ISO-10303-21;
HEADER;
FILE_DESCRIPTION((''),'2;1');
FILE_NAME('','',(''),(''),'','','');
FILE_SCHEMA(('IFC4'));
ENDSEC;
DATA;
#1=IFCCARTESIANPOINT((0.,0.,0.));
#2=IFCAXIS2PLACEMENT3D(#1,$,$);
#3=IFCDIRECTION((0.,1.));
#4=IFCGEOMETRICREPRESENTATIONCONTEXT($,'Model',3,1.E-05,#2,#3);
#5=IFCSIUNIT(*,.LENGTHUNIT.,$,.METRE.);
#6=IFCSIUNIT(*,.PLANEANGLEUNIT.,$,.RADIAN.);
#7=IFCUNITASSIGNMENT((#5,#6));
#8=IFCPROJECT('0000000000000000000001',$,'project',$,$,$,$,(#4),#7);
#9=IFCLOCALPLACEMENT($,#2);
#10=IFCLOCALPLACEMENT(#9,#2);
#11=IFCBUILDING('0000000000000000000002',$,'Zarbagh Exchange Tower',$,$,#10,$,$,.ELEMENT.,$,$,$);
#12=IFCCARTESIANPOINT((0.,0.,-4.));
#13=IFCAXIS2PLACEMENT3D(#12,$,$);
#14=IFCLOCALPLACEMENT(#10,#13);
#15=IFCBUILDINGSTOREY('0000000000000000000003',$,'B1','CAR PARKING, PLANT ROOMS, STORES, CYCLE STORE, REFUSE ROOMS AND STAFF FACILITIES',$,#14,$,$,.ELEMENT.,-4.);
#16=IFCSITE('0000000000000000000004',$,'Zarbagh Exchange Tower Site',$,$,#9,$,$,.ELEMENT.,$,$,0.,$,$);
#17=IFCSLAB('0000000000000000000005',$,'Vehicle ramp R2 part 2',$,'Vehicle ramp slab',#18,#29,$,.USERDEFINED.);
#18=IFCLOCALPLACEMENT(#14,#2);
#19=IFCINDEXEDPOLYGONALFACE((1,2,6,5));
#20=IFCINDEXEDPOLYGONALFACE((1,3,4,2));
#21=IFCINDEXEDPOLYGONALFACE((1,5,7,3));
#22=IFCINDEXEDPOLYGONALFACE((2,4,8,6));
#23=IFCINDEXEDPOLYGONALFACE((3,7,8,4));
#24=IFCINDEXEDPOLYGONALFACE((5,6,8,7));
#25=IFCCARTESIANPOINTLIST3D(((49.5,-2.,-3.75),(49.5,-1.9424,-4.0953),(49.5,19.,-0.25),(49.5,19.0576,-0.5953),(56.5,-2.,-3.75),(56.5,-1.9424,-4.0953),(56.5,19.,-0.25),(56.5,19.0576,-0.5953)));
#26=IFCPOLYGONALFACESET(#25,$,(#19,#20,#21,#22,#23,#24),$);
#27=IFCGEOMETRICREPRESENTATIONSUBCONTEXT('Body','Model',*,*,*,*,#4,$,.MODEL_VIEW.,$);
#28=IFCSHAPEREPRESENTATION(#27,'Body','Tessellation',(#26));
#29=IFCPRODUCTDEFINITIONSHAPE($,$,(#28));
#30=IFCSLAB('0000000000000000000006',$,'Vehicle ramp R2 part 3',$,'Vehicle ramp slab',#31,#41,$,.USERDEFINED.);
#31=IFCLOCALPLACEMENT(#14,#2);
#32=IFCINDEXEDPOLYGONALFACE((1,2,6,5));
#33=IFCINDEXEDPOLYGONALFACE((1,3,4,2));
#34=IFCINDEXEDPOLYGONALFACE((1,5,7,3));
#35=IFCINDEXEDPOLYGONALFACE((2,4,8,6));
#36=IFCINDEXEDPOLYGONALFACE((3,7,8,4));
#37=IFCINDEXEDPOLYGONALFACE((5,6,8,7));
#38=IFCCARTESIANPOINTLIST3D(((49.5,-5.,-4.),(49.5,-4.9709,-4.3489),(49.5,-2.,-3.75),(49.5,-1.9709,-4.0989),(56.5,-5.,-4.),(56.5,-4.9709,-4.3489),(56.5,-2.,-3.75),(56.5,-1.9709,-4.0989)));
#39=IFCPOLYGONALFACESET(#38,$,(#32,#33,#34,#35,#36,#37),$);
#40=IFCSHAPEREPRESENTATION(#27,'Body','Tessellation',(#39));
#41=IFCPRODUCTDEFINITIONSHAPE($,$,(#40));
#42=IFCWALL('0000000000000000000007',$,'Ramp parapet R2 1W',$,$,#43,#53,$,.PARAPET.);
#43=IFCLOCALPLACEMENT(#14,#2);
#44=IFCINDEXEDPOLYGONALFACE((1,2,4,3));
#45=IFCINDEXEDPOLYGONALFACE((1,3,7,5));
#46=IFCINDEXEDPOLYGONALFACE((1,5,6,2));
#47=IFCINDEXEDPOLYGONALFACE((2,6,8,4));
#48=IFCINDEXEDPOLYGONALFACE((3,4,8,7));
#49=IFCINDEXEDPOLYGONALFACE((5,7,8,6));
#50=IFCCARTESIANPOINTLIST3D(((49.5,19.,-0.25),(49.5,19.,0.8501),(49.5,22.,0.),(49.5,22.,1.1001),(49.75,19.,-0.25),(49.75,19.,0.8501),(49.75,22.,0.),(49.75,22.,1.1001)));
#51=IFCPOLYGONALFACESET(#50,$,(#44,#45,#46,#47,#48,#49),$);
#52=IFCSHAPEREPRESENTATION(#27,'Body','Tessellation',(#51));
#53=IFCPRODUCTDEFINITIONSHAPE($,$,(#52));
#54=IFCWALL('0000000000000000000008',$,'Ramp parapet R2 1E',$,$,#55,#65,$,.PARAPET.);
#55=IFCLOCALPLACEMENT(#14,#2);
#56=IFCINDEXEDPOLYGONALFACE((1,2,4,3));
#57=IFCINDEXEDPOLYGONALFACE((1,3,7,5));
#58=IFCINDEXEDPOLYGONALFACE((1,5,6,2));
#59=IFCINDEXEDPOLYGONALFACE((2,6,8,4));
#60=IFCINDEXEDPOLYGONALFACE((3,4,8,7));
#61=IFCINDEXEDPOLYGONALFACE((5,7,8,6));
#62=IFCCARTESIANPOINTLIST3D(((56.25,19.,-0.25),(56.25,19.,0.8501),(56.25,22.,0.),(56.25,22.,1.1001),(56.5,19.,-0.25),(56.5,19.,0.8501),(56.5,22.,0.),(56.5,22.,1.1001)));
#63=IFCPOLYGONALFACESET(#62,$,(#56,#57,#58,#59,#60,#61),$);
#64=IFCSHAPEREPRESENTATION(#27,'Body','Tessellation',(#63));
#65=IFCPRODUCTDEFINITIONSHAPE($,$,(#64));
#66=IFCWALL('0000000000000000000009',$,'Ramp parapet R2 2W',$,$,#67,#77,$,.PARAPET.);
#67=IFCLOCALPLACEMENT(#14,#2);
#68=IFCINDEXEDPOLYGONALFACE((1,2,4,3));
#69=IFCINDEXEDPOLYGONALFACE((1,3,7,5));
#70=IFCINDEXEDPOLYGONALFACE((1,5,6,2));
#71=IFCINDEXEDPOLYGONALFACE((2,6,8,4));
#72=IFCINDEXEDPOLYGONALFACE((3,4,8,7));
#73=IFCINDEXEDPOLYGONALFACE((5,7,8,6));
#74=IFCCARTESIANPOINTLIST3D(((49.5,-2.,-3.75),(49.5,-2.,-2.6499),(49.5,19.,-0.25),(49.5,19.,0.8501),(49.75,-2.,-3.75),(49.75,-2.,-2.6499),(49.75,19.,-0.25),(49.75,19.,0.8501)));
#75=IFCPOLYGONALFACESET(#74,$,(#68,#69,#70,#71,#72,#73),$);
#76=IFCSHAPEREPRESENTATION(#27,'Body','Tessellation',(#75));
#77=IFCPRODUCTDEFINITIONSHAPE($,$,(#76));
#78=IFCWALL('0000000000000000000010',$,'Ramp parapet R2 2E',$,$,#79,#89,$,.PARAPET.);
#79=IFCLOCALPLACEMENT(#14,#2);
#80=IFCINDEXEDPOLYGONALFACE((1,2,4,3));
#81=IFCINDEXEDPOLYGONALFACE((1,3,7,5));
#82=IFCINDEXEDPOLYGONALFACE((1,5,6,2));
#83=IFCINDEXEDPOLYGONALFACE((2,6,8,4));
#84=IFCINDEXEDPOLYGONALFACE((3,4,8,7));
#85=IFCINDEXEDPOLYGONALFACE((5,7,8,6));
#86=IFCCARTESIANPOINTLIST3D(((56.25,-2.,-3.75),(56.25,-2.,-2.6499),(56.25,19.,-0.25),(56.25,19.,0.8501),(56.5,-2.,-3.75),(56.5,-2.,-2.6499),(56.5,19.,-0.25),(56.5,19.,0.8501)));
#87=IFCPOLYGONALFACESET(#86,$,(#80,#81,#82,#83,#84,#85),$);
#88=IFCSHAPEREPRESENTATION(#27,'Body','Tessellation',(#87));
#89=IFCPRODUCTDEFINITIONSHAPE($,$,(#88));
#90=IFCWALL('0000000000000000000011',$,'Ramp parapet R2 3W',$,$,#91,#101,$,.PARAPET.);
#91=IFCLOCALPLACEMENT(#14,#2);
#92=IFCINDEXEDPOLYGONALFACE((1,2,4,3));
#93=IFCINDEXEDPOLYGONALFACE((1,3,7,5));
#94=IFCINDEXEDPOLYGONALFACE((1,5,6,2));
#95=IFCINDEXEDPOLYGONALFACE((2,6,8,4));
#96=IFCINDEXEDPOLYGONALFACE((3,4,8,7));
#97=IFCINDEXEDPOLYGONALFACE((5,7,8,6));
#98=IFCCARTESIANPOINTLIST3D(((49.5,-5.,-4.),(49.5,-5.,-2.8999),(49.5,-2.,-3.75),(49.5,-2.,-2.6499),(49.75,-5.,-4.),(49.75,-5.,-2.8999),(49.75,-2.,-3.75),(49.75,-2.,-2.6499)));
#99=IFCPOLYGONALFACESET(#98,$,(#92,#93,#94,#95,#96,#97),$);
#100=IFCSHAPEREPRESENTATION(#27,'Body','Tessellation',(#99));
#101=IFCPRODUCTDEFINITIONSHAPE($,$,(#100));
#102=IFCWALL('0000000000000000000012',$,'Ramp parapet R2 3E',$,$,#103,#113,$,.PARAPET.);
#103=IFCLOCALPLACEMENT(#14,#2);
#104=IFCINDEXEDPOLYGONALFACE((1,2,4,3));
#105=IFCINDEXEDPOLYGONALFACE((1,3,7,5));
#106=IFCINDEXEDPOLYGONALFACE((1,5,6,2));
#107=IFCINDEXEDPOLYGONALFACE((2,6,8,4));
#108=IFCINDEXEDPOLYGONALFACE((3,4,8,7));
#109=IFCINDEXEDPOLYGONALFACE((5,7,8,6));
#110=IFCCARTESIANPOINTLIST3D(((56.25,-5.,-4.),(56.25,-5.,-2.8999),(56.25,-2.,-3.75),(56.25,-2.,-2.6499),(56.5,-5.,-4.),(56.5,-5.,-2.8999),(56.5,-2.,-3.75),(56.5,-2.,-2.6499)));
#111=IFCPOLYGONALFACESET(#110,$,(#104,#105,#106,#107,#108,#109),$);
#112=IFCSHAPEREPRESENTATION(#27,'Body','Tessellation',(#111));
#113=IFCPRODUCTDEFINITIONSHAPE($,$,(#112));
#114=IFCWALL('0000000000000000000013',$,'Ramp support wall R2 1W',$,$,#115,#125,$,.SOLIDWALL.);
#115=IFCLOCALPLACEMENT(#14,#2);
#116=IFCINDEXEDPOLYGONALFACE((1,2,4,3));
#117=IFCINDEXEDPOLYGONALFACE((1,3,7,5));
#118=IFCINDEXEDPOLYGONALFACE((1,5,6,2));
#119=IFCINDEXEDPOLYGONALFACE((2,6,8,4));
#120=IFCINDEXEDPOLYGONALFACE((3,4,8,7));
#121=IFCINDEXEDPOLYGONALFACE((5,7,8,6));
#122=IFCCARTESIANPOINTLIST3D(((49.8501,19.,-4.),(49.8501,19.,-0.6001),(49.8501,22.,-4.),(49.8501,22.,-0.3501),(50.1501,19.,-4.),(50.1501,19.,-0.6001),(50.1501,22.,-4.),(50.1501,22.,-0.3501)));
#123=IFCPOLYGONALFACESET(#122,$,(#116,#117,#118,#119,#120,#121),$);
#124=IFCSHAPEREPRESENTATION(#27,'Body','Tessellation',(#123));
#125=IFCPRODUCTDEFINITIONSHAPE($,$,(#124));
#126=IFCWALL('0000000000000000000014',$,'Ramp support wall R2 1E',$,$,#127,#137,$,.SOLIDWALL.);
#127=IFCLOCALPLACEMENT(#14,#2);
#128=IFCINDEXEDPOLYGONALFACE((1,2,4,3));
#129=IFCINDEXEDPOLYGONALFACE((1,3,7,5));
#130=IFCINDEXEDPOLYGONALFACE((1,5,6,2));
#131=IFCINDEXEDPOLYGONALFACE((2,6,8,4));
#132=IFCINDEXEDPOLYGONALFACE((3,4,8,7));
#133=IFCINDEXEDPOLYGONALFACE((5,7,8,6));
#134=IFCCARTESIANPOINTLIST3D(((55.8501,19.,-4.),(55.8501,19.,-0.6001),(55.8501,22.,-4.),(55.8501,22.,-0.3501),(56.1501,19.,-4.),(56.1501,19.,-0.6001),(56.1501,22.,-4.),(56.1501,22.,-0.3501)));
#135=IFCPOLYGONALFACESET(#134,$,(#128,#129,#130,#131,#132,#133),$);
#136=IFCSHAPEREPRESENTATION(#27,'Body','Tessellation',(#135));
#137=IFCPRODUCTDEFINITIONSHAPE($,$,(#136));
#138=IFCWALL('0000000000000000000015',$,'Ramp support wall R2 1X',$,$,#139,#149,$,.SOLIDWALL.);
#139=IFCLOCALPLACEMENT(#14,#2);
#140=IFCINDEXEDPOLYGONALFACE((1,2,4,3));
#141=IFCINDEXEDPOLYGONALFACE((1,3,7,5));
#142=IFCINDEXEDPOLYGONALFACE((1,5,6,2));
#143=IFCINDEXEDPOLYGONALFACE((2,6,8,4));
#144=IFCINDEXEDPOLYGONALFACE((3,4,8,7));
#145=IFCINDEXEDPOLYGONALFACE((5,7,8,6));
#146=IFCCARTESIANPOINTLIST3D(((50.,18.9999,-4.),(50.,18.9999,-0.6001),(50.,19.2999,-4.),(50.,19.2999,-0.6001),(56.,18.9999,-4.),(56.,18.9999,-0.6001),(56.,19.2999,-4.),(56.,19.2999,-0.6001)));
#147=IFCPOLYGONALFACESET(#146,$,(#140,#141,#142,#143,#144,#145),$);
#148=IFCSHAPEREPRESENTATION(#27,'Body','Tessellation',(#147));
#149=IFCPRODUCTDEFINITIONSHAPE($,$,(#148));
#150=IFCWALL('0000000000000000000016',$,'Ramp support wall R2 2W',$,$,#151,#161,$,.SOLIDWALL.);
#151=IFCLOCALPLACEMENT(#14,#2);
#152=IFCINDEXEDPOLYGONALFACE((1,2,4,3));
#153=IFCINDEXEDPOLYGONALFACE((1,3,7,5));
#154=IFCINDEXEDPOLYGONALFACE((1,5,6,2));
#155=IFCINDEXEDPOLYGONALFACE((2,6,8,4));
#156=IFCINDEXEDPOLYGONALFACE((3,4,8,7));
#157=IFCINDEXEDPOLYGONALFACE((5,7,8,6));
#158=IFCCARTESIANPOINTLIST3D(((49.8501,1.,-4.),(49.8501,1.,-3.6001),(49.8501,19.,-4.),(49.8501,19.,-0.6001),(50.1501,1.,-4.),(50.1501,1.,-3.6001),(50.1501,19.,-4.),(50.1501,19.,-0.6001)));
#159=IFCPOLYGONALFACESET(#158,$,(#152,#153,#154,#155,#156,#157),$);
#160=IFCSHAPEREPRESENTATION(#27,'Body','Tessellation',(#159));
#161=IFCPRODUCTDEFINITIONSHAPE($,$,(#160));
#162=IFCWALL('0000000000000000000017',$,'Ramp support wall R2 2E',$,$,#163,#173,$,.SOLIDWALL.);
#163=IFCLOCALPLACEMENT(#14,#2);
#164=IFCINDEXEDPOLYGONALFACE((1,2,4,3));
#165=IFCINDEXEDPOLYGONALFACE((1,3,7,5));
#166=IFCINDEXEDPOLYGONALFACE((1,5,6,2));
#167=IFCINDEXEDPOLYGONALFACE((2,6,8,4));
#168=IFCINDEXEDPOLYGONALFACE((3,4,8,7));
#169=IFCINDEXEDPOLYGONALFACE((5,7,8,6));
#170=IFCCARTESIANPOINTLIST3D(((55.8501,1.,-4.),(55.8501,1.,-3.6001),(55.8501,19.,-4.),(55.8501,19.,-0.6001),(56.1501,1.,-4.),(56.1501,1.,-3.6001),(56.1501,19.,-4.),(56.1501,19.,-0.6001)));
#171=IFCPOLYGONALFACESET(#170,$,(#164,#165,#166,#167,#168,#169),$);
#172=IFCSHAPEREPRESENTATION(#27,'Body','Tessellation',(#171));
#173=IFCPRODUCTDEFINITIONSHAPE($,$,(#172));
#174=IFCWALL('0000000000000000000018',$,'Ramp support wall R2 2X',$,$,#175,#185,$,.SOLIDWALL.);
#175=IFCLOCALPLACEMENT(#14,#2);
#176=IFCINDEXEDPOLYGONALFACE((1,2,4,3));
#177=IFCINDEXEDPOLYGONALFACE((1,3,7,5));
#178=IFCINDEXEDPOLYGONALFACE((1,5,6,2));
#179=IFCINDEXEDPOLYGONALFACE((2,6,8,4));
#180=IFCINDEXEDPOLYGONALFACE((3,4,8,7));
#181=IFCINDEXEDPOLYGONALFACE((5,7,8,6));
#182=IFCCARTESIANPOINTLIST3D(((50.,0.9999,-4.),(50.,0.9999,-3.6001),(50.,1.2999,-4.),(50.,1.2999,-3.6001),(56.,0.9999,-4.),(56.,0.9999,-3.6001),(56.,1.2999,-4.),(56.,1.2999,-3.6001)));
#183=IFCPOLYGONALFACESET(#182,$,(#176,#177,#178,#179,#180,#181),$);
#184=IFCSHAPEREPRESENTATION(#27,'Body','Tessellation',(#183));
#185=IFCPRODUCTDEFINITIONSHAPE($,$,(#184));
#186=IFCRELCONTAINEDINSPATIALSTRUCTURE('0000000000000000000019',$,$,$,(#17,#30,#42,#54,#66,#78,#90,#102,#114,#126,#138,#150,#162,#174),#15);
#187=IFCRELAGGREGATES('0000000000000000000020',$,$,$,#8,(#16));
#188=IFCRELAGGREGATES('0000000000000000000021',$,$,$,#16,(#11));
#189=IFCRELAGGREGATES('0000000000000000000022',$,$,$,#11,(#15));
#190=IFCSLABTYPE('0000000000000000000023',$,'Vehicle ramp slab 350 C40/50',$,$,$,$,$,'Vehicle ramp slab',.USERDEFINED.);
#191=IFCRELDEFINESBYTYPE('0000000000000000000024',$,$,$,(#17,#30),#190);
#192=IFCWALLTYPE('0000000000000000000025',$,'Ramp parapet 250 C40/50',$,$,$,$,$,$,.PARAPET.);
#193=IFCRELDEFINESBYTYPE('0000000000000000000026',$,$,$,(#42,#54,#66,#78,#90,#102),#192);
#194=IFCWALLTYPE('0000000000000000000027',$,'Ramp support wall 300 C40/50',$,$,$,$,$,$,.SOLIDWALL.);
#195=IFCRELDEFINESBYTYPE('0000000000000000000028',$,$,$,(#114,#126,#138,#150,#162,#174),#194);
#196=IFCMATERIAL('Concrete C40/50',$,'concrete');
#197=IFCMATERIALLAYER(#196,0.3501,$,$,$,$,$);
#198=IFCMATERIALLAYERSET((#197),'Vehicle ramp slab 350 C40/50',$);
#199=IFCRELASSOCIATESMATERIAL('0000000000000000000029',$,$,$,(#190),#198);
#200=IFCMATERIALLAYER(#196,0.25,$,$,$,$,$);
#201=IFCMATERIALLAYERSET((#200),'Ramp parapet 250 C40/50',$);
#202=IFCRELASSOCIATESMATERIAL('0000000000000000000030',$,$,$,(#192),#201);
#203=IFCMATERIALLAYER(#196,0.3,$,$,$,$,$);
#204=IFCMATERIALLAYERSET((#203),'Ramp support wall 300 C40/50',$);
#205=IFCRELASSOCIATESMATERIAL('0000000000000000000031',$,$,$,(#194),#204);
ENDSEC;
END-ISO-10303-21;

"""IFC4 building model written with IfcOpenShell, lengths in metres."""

from ifc_helpers import new_model, si_unit, direction, frame, frame_2d, origin, place, context, subcontext, project, spatial, polyline, rectangle, outline, extrude, material, layer, layer_set, type_object, element, save


model = new_model("IFC4")

# Units and contexts
model_context = context("Model", 3, precision=1e-05, world=origin(), true_north=direction((0.0, 1.0)))
body_context = subcontext(model_context, "Body", "Model", "MODEL_VIEW")
ifc_project = project(units=[si_unit("LENGTHUNIT", "METRE"), si_unit("PLANEANGLEUNIT", "RADIAN")], contexts=[model_context])

# Site, building, storey
site_placement = place(None, origin())
site = spatial("IfcSite", under=ifc_project, at=site_placement, Name="Zarbagh Exchange Tower Site", CompositionType="ELEMENT", RefElevation=0.0)
building_placement = place(site_placement, origin())
building = spatial("IfcBuilding", under=site, at=building_placement, Name="Zarbagh Exchange Tower", CompositionType="ELEMENT")
storey_placement = place(building_placement, frame((0.0, 0.0, -4.0)))
storey = spatial("IfcBuildingStorey", under=building, at=storey_placement, Name="B1", Description="CAR PARKING, PLANT ROOMS, STORES, CYCLE STORE, REFUSE ROOMS AND STAFF FACILITIES", CompositionType="ELEMENT", Elevation=-4.0)

# Slabs
ifc_material_1 = material(Name="Concrete C40/50", Category="concrete")
ifc_layer_1 = layer(ifc_material_1, 0.3501)
ifc_layer_set_1 = layer_set([ifc_layer_1], Name="Vehicle ramp slab 350 C40/50")
slab_type = type_object("IfcSlabType", Name="Vehicle ramp slab 350 C40/50", ElementType="Vehicle ramp slab", PredefinedType="USERDEFINED", material=ifc_layer_set_1)
slab_1_placement = place(storey_placement, frame((49.5, -2.0, -3.75), z_axis=(0.0, -0.164399, 0.986394), x_axis=(1.0, 0.0, 0.0)))
element("IfcSlab", 1, at=slab_1_placement, inside=storey, type_object=slab_type, Name="Vehicle ramp R2 part 2", ObjectType="Vehicle ramp slab", PredefinedType="USERDEFINED", context=body_context, shape_type="SweptSolid", body=[
    extrude(outline(polyline([(0.0, 0.0), (7.0, 0.0), (7.0, 21.2897), (0.0, 21.2897), (0.0, 0.0)])), origin(), (0.0, 0.0, -1.0), 0.3501),
])
slab_2_placement = place(storey_placement, frame((49.5, -5.0, -4.0), z_axis=(0.0, -0.083045, 0.996546), x_axis=(1.0, 0.0, 0.0)))
element("IfcSlab", 2, at=slab_2_placement, inside=storey, type_object=slab_type, Name="Vehicle ramp R2 part 3", ObjectType="Vehicle ramp slab", PredefinedType="USERDEFINED", context=body_context, shape_type="SweptSolid", body=[
    extrude(outline(polyline([(0.0, 0.0), (7.0, 0.0), (7.0, 3.0104), (0.0, 3.0104), (0.0, 0.0)])), origin(), (0.0, 0.0, -1.0), 0.3501),
])

# Walls
ifc_layer_2 = layer(ifc_material_1, 0.25)
ifc_layer_set_2 = layer_set([ifc_layer_2], Name="Ramp parapet 250 C40/50")
wall_type_1 = type_object("IfcWallType", Name="Ramp parapet 250 C40/50", PredefinedType="PARAPET", material=ifc_layer_set_2)
for number, where, z_axis, x_axis, name in (
    (3, (49.625, 19.0, -0.25), (0.0, 0.0, 1.0), (0.0, 1.0, 0.0), "Ramp parapet R2 1W"),
    (4, (56.375, 19.0, -0.25), (0.0, 0.0, 1.0), (0.0, 1.0, 0.0), "Ramp parapet R2 1E"),
):
    element("IfcWall", number, at=place(storey_placement, frame(where, z_axis=z_axis, x_axis=x_axis)), inside=storey, type_object=wall_type_1, Name=name, PredefinedType="PARAPET", context=body_context, shape_type="SweptSolid", body=[
        extrude(outline(polyline([(0.0, 0.0), (3.0, 0.25), (3.0, 1.3501), (0.0, 1.1001), (0.0, 0.0)])), frame((0.0, 0.125, 0.0), z_axis=(0.0, -1.0, 0.0), x_axis=(1.0, 0.0, 0.0)), (0.0, 0.0, 1.0), 0.25),
    ])
for number, where, z_axis, x_axis, name in (
    (5, (49.625, -2.0, -3.75), (0.0, 0.0, 1.0), (0.0, 1.0, 0.0), "Ramp parapet R2 2W"),
    (6, (56.375, -2.0, -3.75), (0.0, 0.0, 1.0), (0.0, 1.0, 0.0), "Ramp parapet R2 2E"),
):
    element("IfcWall", number, at=place(storey_placement, frame(where, z_axis=z_axis, x_axis=x_axis)), inside=storey, type_object=wall_type_1, Name=name, PredefinedType="PARAPET", context=body_context, shape_type="SweptSolid", body=[
        extrude(outline(polyline([(0.0, 0.0), (21.0, 3.5), (21.0, 4.6001), (0.0, 1.1001), (0.0, 0.0)])), frame((0.0, 0.125, 0.0), z_axis=(0.0, -1.0, 0.0), x_axis=(1.0, 0.0, 0.0)), (0.0, 0.0, 1.0), 0.25),
    ])
for number, where, z_axis, x_axis, name in (
    (7, (49.625, -5.0, -4.0), (0.0, 0.0, 1.0), (0.0, 1.0, 0.0), "Ramp parapet R2 3W"),
    (8, (56.375, -5.0, -4.0), (0.0, 0.0, 1.0), (0.0, 1.0, 0.0), "Ramp parapet R2 3E"),
):
    element("IfcWall", number, at=place(storey_placement, frame(where, z_axis=z_axis, x_axis=x_axis)), inside=storey, type_object=wall_type_1, Name=name, PredefinedType="PARAPET", context=body_context, shape_type="SweptSolid", body=[
        extrude(outline(polyline([(0.0, 0.0), (3.0, 0.25), (3.0, 1.3501), (0.0, 1.1001), (0.0, 0.0)])), frame((0.0, 0.125, 0.0), z_axis=(0.0, -1.0, 0.0), x_axis=(1.0, 0.0, 0.0)), (0.0, 0.0, 1.0), 0.25),
    ])
ifc_layer_3 = layer(ifc_material_1, 0.3)
ifc_layer_set_3 = layer_set([ifc_layer_3], Name="Ramp support wall 300 C40/50")
wall_type_2 = type_object("IfcWallType", Name="Ramp support wall 300 C40/50", PredefinedType="SOLIDWALL", material=ifc_layer_set_3)
for number, where, z_axis, x_axis, name in (
    (9, (50.0, 19.0, -4.0), (0.0, 0.0, 1.0), (0.0, 1.0, 0.0), "Ramp support wall R2 1W"),
    (10, (56.0, 19.0, -4.0), (0.0, 0.0, 1.0), (0.0, 1.0, 0.0), "Ramp support wall R2 1E"),
):
    element("IfcWall", number, at=place(storey_placement, frame(where, z_axis=z_axis, x_axis=x_axis)), inside=storey, type_object=wall_type_2, Name=name, PredefinedType="SOLIDWALL", context=body_context, shape_type="SweptSolid", body=[
        extrude(outline(polyline([(0.0, 0.0), (3.0, 0.0), (3.0, 3.6499), (0.0, 3.3999), (0.0, 0.0)])), frame((0.0, 0.1499, 0.0), z_axis=(0.0, -1.0, 0.0), x_axis=(1.0, 0.0, 0.0)), (0.0, 0.0, 1.0), 0.3),
    ])
wall_1_placement = place(storey_placement, frame((50.0, 19.1499, -4.0), z_axis=(0.0, 0.0, 1.0), x_axis=(1.0, 0.0, 0.0)))
element("IfcWall", 11, at=wall_1_placement, inside=storey, type_object=wall_type_2, Name="Ramp support wall R2 1X", PredefinedType="SOLIDWALL", context=body_context, shape_type="SweptSolid", body=[
    extrude(rectangle(XDim=6.0, YDim=0.3, at=frame_2d((3.0, 0.0))), origin(), (0.0, 0.0, 1.0), 3.3999),
])
for number, where, z_axis, x_axis, name in (
    (12, (50.0, 1.0, -4.0), (0.0, 0.0, 1.0), (0.0, 1.0, 0.0), "Ramp support wall R2 2W"),
    (13, (56.0, 1.0, -4.0), (0.0, 0.0, 1.0), (0.0, 1.0, 0.0), "Ramp support wall R2 2E"),
):
    element("IfcWall", number, at=place(storey_placement, frame(where, z_axis=z_axis, x_axis=x_axis)), inside=storey, type_object=wall_type_2, Name=name, PredefinedType="SOLIDWALL", context=body_context, shape_type="SweptSolid", body=[
        extrude(outline(polyline([(0.0, 0.0), (18.0, 0.0), (18.0, 3.3999), (0.0, 0.3999), (0.0, 0.0)])), frame((0.0, 0.1499, 0.0), z_axis=(0.0, -1.0, 0.0), x_axis=(1.0, 0.0, 0.0)), (0.0, 0.0, 1.0), 0.3),
    ])
wall_2_placement = place(storey_placement, frame((50.0, 1.1499, -4.0), z_axis=(0.0, 0.0, 1.0), x_axis=(1.0, 0.0, 0.0)))
element("IfcWall", 14, at=wall_2_placement, inside=storey, type_object=wall_type_2, Name="Ramp support wall R2 2X", PredefinedType="SOLIDWALL", context=body_context, shape_type="SweptSolid", body=[
    extrude(rectangle(XDim=6.0, YDim=0.3, at=frame_2d((3.0, 0.0))), origin(), (0.0, 0.0, 1.0), 0.3999),
])

save(model, "model.ifc")
